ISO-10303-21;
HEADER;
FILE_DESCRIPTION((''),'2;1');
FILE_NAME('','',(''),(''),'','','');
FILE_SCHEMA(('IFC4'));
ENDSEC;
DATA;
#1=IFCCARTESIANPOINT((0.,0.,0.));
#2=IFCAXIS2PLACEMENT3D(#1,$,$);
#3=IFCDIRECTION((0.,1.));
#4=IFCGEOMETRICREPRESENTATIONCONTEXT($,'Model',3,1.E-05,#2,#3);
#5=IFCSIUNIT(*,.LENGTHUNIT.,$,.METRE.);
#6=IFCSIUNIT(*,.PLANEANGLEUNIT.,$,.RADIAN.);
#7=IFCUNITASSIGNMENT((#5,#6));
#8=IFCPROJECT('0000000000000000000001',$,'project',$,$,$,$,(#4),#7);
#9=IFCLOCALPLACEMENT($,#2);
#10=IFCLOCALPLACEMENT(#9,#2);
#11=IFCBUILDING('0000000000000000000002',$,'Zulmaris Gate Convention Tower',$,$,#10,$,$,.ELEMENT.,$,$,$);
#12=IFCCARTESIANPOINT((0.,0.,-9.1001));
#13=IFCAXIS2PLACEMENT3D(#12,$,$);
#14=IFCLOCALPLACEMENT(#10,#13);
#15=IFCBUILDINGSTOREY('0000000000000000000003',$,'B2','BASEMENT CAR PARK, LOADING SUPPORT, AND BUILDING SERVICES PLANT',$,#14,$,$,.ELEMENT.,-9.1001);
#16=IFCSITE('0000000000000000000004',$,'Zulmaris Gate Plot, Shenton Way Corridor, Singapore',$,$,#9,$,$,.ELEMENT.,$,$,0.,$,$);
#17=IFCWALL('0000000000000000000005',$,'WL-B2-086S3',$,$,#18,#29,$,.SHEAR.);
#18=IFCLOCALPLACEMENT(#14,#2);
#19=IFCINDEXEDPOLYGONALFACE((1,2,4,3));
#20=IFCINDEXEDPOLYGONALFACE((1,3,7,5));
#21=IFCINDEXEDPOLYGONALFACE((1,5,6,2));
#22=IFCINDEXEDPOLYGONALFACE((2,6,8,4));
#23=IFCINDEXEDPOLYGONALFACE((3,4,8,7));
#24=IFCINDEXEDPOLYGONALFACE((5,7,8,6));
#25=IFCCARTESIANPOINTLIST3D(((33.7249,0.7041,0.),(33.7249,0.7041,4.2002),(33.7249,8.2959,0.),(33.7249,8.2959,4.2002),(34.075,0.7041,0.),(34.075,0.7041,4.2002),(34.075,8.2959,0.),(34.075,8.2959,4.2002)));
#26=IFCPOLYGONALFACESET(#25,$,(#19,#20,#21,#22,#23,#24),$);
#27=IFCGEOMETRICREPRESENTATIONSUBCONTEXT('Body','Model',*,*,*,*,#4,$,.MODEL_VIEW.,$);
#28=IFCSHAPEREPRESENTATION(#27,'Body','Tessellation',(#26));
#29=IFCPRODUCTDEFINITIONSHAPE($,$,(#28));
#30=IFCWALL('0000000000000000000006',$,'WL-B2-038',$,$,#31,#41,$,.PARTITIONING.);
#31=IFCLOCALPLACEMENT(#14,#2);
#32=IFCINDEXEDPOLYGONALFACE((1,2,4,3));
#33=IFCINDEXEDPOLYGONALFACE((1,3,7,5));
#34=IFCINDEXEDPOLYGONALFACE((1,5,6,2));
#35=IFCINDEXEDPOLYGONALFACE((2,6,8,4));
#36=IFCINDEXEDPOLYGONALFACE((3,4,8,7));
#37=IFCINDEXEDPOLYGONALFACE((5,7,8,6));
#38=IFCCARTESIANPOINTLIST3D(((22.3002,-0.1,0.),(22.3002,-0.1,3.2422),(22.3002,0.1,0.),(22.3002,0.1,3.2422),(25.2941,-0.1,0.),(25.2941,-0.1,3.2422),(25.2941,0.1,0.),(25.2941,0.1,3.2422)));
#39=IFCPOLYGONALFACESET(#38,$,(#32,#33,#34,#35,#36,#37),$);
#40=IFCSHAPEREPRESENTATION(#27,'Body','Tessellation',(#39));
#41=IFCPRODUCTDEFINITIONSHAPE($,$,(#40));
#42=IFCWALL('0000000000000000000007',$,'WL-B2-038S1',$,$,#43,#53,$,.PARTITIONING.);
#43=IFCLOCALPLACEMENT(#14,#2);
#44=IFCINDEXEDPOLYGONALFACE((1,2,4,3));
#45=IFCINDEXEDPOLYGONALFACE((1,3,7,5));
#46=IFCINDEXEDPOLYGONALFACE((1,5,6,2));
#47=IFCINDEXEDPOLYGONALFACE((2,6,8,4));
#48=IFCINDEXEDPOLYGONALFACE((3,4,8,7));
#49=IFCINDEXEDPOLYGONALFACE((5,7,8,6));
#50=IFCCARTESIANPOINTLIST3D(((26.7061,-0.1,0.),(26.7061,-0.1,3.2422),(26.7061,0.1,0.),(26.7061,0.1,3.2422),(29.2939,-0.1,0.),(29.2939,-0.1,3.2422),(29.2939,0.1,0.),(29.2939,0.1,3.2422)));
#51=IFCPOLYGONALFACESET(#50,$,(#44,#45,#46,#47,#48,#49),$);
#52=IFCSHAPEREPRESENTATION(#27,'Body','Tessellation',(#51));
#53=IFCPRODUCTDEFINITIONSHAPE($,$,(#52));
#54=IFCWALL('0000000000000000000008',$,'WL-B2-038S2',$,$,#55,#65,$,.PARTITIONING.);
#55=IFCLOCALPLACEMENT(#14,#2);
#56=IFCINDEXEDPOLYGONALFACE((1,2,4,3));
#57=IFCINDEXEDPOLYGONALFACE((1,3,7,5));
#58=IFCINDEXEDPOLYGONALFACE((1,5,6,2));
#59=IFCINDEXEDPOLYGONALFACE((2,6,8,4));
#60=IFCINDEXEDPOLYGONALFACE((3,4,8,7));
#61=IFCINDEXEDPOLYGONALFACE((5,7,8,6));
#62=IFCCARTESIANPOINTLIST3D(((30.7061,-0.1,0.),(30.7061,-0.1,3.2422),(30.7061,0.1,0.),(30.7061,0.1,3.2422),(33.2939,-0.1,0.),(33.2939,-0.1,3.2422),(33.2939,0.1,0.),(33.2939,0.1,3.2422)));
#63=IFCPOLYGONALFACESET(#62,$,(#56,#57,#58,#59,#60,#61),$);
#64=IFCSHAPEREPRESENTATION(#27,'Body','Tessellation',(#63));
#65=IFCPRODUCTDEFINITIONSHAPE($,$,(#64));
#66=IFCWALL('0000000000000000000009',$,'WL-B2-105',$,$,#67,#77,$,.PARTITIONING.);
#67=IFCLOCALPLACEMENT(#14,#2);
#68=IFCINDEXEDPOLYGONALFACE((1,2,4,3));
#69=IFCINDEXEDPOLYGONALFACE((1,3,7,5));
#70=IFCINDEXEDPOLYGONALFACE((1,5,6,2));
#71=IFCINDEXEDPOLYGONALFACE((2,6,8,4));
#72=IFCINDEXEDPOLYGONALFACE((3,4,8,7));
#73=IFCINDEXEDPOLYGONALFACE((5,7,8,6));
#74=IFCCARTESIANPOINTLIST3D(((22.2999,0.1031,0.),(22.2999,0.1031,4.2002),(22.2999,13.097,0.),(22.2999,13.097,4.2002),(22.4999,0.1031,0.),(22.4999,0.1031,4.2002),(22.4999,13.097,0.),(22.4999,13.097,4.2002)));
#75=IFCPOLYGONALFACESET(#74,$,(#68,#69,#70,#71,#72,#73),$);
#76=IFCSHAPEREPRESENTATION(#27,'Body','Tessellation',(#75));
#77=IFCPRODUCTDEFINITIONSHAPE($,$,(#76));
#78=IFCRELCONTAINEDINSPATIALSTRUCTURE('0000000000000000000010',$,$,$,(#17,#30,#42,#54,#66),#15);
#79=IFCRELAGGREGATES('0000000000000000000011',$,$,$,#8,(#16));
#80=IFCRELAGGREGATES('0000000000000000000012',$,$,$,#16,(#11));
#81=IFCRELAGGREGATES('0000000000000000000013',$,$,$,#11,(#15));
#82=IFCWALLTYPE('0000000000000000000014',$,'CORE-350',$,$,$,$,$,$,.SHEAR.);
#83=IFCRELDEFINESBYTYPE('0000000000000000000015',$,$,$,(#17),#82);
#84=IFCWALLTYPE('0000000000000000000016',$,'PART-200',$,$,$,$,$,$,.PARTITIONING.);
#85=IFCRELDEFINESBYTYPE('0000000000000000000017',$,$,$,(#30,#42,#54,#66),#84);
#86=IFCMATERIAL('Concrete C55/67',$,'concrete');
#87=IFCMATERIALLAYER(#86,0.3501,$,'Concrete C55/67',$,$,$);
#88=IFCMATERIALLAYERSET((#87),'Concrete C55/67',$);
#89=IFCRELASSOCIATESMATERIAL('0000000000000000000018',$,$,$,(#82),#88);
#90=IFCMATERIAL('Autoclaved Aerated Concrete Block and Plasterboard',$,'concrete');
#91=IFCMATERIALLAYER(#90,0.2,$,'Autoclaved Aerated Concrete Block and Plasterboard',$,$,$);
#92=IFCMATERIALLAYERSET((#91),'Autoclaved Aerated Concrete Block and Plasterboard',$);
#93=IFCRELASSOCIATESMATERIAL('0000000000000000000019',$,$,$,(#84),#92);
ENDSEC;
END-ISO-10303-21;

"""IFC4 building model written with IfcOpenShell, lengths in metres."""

from ifc_helpers import new_model, si_unit, direction, frame, frame_2d, origin, place, context, subcontext, project, spatial, rectangle, extrude, material, layer, layer_set, type_object, element, save


model = new_model("IFC4")

# Units and contexts
model_context = context("Model", 3, precision=1e-05, world=origin(), true_north=direction((0.0, 1.0)))
body_context = subcontext(model_context, "Body", "Model", "MODEL_VIEW")
ifc_project = project(units=[si_unit("LENGTHUNIT", "METRE"), si_unit("PLANEANGLEUNIT", "RADIAN")], contexts=[model_context])

# Site, building, storey
site_placement = place(None, origin())
site = spatial("IfcSite", under=ifc_project, at=site_placement, Name="Zulmaris Gate Plot, Shenton Way Corridor, Singapore", CompositionType="ELEMENT", RefElevation=0.0)
building_placement = place(site_placement, origin())
building = spatial("IfcBuilding", under=site, at=building_placement, Name="Zulmaris Gate Convention Tower", CompositionType="ELEMENT")
storey_placement = place(building_placement, frame((0.0, 0.0, -9.1001)))
storey = spatial("IfcBuildingStorey", under=building, at=storey_placement, Name="B2", Description="BASEMENT CAR PARK, LOADING SUPPORT, AND BUILDING SERVICES PLANT", CompositionType="ELEMENT", Elevation=-9.1001)

# Walls
ifc_material_1 = material(Name="Concrete C55/67", Category="concrete")
ifc_layer_1 = layer(ifc_material_1, 0.3501, Name="Concrete C55/67")
ifc_layer_set_1 = layer_set([ifc_layer_1], Name="Concrete C55/67")
wall_type_1 = type_object("IfcWallType", Name="CORE-350", PredefinedType="SHEAR", material=ifc_layer_set_1)
wall_1_placement = place(storey_placement, frame((33.8999, 0.7041, 0.0), z_axis=(0.0, 0.0, 1.0), x_axis=(0.0, 1.0, 0.0)))
element("IfcWall", 1, at=wall_1_placement, inside=storey, type_object=wall_type_1, Name="WL-B2-086S3", PredefinedType="SHEAR", context=body_context, shape_type="SweptSolid", body=[
    extrude(rectangle(XDim=7.5918, YDim=0.3501, at=frame_2d((3.7959, 0.0))), origin(), (0.0, 0.0, 1.0), 4.2002),
])
ifc_material_2 = material(Name="Autoclaved Aerated Concrete Block and Plasterboard", Category="concrete")
ifc_layer_2 = layer(ifc_material_2, 0.2, Name="Autoclaved Aerated Concrete Block and Plasterboard")
ifc_layer_set_2 = layer_set([ifc_layer_2], Name="Autoclaved Aerated Concrete Block and Plasterboard")
wall_type_2 = type_object("IfcWallType", Name="PART-200", PredefinedType="PARTITIONING", material=ifc_layer_set_2)
wall_2_placement = place(storey_placement, frame((22.3, 0.0, 0.0), z_axis=(0.0, 0.0, 1.0), x_axis=(1.0, 0.0, 0.0)))
element("IfcWall", 2, at=wall_2_placement, inside=storey, type_object=wall_type_2, Name="WL-B2-038", PredefinedType="PARTITIONING", context=body_context, shape_type="SweptSolid", body=[
    extrude(rectangle(XDim=2.9939, YDim=0.2, at=frame_2d((1.4971, 0.0))), origin(), (0.0, 0.0, 1.0), 3.2422),
])
for number, where, z_axis, x_axis, name in (
    (3, (26.7061, 0.0, 0.0), (0.0, 0.0, 1.0), (1.0, 0.0, 0.0), "WL-B2-038S1"),
    (4, (30.7061, 0.0, 0.0), (0.0, 0.0, 1.0), (1.0, 0.0, 0.0), "WL-B2-038S2"),
):
    element("IfcWall", number, at=place(storey_placement, frame(where, z_axis=z_axis, x_axis=x_axis)), inside=storey, type_object=wall_type_2, Name=name, PredefinedType="PARTITIONING", context=body_context, shape_type="SweptSolid", body=[
        extrude(rectangle(XDim=2.5879, YDim=0.2, at=frame_2d((1.2939, 0.0))), origin(), (0.0, 0.0, 1.0), 3.2422),
    ])
wall_3_placement = place(storey_placement, frame((22.3999, 0.103, 0.0), z_axis=(0.0, 0.0, 1.0), x_axis=(0.0, 1.0, 0.0)))
element("IfcWall", 5, at=wall_3_placement, inside=storey, type_object=wall_type_2, Name="WL-B2-105", PredefinedType="PARTITIONING", context=body_context, shape_type="SweptSolid", body=[
    extrude(rectangle(XDim=12.9939, YDim=0.2, at=frame_2d((6.4971, 0.0))), origin(), (0.0, 0.0, 1.0), 4.2002),
])

save(model, "model.ifc")
